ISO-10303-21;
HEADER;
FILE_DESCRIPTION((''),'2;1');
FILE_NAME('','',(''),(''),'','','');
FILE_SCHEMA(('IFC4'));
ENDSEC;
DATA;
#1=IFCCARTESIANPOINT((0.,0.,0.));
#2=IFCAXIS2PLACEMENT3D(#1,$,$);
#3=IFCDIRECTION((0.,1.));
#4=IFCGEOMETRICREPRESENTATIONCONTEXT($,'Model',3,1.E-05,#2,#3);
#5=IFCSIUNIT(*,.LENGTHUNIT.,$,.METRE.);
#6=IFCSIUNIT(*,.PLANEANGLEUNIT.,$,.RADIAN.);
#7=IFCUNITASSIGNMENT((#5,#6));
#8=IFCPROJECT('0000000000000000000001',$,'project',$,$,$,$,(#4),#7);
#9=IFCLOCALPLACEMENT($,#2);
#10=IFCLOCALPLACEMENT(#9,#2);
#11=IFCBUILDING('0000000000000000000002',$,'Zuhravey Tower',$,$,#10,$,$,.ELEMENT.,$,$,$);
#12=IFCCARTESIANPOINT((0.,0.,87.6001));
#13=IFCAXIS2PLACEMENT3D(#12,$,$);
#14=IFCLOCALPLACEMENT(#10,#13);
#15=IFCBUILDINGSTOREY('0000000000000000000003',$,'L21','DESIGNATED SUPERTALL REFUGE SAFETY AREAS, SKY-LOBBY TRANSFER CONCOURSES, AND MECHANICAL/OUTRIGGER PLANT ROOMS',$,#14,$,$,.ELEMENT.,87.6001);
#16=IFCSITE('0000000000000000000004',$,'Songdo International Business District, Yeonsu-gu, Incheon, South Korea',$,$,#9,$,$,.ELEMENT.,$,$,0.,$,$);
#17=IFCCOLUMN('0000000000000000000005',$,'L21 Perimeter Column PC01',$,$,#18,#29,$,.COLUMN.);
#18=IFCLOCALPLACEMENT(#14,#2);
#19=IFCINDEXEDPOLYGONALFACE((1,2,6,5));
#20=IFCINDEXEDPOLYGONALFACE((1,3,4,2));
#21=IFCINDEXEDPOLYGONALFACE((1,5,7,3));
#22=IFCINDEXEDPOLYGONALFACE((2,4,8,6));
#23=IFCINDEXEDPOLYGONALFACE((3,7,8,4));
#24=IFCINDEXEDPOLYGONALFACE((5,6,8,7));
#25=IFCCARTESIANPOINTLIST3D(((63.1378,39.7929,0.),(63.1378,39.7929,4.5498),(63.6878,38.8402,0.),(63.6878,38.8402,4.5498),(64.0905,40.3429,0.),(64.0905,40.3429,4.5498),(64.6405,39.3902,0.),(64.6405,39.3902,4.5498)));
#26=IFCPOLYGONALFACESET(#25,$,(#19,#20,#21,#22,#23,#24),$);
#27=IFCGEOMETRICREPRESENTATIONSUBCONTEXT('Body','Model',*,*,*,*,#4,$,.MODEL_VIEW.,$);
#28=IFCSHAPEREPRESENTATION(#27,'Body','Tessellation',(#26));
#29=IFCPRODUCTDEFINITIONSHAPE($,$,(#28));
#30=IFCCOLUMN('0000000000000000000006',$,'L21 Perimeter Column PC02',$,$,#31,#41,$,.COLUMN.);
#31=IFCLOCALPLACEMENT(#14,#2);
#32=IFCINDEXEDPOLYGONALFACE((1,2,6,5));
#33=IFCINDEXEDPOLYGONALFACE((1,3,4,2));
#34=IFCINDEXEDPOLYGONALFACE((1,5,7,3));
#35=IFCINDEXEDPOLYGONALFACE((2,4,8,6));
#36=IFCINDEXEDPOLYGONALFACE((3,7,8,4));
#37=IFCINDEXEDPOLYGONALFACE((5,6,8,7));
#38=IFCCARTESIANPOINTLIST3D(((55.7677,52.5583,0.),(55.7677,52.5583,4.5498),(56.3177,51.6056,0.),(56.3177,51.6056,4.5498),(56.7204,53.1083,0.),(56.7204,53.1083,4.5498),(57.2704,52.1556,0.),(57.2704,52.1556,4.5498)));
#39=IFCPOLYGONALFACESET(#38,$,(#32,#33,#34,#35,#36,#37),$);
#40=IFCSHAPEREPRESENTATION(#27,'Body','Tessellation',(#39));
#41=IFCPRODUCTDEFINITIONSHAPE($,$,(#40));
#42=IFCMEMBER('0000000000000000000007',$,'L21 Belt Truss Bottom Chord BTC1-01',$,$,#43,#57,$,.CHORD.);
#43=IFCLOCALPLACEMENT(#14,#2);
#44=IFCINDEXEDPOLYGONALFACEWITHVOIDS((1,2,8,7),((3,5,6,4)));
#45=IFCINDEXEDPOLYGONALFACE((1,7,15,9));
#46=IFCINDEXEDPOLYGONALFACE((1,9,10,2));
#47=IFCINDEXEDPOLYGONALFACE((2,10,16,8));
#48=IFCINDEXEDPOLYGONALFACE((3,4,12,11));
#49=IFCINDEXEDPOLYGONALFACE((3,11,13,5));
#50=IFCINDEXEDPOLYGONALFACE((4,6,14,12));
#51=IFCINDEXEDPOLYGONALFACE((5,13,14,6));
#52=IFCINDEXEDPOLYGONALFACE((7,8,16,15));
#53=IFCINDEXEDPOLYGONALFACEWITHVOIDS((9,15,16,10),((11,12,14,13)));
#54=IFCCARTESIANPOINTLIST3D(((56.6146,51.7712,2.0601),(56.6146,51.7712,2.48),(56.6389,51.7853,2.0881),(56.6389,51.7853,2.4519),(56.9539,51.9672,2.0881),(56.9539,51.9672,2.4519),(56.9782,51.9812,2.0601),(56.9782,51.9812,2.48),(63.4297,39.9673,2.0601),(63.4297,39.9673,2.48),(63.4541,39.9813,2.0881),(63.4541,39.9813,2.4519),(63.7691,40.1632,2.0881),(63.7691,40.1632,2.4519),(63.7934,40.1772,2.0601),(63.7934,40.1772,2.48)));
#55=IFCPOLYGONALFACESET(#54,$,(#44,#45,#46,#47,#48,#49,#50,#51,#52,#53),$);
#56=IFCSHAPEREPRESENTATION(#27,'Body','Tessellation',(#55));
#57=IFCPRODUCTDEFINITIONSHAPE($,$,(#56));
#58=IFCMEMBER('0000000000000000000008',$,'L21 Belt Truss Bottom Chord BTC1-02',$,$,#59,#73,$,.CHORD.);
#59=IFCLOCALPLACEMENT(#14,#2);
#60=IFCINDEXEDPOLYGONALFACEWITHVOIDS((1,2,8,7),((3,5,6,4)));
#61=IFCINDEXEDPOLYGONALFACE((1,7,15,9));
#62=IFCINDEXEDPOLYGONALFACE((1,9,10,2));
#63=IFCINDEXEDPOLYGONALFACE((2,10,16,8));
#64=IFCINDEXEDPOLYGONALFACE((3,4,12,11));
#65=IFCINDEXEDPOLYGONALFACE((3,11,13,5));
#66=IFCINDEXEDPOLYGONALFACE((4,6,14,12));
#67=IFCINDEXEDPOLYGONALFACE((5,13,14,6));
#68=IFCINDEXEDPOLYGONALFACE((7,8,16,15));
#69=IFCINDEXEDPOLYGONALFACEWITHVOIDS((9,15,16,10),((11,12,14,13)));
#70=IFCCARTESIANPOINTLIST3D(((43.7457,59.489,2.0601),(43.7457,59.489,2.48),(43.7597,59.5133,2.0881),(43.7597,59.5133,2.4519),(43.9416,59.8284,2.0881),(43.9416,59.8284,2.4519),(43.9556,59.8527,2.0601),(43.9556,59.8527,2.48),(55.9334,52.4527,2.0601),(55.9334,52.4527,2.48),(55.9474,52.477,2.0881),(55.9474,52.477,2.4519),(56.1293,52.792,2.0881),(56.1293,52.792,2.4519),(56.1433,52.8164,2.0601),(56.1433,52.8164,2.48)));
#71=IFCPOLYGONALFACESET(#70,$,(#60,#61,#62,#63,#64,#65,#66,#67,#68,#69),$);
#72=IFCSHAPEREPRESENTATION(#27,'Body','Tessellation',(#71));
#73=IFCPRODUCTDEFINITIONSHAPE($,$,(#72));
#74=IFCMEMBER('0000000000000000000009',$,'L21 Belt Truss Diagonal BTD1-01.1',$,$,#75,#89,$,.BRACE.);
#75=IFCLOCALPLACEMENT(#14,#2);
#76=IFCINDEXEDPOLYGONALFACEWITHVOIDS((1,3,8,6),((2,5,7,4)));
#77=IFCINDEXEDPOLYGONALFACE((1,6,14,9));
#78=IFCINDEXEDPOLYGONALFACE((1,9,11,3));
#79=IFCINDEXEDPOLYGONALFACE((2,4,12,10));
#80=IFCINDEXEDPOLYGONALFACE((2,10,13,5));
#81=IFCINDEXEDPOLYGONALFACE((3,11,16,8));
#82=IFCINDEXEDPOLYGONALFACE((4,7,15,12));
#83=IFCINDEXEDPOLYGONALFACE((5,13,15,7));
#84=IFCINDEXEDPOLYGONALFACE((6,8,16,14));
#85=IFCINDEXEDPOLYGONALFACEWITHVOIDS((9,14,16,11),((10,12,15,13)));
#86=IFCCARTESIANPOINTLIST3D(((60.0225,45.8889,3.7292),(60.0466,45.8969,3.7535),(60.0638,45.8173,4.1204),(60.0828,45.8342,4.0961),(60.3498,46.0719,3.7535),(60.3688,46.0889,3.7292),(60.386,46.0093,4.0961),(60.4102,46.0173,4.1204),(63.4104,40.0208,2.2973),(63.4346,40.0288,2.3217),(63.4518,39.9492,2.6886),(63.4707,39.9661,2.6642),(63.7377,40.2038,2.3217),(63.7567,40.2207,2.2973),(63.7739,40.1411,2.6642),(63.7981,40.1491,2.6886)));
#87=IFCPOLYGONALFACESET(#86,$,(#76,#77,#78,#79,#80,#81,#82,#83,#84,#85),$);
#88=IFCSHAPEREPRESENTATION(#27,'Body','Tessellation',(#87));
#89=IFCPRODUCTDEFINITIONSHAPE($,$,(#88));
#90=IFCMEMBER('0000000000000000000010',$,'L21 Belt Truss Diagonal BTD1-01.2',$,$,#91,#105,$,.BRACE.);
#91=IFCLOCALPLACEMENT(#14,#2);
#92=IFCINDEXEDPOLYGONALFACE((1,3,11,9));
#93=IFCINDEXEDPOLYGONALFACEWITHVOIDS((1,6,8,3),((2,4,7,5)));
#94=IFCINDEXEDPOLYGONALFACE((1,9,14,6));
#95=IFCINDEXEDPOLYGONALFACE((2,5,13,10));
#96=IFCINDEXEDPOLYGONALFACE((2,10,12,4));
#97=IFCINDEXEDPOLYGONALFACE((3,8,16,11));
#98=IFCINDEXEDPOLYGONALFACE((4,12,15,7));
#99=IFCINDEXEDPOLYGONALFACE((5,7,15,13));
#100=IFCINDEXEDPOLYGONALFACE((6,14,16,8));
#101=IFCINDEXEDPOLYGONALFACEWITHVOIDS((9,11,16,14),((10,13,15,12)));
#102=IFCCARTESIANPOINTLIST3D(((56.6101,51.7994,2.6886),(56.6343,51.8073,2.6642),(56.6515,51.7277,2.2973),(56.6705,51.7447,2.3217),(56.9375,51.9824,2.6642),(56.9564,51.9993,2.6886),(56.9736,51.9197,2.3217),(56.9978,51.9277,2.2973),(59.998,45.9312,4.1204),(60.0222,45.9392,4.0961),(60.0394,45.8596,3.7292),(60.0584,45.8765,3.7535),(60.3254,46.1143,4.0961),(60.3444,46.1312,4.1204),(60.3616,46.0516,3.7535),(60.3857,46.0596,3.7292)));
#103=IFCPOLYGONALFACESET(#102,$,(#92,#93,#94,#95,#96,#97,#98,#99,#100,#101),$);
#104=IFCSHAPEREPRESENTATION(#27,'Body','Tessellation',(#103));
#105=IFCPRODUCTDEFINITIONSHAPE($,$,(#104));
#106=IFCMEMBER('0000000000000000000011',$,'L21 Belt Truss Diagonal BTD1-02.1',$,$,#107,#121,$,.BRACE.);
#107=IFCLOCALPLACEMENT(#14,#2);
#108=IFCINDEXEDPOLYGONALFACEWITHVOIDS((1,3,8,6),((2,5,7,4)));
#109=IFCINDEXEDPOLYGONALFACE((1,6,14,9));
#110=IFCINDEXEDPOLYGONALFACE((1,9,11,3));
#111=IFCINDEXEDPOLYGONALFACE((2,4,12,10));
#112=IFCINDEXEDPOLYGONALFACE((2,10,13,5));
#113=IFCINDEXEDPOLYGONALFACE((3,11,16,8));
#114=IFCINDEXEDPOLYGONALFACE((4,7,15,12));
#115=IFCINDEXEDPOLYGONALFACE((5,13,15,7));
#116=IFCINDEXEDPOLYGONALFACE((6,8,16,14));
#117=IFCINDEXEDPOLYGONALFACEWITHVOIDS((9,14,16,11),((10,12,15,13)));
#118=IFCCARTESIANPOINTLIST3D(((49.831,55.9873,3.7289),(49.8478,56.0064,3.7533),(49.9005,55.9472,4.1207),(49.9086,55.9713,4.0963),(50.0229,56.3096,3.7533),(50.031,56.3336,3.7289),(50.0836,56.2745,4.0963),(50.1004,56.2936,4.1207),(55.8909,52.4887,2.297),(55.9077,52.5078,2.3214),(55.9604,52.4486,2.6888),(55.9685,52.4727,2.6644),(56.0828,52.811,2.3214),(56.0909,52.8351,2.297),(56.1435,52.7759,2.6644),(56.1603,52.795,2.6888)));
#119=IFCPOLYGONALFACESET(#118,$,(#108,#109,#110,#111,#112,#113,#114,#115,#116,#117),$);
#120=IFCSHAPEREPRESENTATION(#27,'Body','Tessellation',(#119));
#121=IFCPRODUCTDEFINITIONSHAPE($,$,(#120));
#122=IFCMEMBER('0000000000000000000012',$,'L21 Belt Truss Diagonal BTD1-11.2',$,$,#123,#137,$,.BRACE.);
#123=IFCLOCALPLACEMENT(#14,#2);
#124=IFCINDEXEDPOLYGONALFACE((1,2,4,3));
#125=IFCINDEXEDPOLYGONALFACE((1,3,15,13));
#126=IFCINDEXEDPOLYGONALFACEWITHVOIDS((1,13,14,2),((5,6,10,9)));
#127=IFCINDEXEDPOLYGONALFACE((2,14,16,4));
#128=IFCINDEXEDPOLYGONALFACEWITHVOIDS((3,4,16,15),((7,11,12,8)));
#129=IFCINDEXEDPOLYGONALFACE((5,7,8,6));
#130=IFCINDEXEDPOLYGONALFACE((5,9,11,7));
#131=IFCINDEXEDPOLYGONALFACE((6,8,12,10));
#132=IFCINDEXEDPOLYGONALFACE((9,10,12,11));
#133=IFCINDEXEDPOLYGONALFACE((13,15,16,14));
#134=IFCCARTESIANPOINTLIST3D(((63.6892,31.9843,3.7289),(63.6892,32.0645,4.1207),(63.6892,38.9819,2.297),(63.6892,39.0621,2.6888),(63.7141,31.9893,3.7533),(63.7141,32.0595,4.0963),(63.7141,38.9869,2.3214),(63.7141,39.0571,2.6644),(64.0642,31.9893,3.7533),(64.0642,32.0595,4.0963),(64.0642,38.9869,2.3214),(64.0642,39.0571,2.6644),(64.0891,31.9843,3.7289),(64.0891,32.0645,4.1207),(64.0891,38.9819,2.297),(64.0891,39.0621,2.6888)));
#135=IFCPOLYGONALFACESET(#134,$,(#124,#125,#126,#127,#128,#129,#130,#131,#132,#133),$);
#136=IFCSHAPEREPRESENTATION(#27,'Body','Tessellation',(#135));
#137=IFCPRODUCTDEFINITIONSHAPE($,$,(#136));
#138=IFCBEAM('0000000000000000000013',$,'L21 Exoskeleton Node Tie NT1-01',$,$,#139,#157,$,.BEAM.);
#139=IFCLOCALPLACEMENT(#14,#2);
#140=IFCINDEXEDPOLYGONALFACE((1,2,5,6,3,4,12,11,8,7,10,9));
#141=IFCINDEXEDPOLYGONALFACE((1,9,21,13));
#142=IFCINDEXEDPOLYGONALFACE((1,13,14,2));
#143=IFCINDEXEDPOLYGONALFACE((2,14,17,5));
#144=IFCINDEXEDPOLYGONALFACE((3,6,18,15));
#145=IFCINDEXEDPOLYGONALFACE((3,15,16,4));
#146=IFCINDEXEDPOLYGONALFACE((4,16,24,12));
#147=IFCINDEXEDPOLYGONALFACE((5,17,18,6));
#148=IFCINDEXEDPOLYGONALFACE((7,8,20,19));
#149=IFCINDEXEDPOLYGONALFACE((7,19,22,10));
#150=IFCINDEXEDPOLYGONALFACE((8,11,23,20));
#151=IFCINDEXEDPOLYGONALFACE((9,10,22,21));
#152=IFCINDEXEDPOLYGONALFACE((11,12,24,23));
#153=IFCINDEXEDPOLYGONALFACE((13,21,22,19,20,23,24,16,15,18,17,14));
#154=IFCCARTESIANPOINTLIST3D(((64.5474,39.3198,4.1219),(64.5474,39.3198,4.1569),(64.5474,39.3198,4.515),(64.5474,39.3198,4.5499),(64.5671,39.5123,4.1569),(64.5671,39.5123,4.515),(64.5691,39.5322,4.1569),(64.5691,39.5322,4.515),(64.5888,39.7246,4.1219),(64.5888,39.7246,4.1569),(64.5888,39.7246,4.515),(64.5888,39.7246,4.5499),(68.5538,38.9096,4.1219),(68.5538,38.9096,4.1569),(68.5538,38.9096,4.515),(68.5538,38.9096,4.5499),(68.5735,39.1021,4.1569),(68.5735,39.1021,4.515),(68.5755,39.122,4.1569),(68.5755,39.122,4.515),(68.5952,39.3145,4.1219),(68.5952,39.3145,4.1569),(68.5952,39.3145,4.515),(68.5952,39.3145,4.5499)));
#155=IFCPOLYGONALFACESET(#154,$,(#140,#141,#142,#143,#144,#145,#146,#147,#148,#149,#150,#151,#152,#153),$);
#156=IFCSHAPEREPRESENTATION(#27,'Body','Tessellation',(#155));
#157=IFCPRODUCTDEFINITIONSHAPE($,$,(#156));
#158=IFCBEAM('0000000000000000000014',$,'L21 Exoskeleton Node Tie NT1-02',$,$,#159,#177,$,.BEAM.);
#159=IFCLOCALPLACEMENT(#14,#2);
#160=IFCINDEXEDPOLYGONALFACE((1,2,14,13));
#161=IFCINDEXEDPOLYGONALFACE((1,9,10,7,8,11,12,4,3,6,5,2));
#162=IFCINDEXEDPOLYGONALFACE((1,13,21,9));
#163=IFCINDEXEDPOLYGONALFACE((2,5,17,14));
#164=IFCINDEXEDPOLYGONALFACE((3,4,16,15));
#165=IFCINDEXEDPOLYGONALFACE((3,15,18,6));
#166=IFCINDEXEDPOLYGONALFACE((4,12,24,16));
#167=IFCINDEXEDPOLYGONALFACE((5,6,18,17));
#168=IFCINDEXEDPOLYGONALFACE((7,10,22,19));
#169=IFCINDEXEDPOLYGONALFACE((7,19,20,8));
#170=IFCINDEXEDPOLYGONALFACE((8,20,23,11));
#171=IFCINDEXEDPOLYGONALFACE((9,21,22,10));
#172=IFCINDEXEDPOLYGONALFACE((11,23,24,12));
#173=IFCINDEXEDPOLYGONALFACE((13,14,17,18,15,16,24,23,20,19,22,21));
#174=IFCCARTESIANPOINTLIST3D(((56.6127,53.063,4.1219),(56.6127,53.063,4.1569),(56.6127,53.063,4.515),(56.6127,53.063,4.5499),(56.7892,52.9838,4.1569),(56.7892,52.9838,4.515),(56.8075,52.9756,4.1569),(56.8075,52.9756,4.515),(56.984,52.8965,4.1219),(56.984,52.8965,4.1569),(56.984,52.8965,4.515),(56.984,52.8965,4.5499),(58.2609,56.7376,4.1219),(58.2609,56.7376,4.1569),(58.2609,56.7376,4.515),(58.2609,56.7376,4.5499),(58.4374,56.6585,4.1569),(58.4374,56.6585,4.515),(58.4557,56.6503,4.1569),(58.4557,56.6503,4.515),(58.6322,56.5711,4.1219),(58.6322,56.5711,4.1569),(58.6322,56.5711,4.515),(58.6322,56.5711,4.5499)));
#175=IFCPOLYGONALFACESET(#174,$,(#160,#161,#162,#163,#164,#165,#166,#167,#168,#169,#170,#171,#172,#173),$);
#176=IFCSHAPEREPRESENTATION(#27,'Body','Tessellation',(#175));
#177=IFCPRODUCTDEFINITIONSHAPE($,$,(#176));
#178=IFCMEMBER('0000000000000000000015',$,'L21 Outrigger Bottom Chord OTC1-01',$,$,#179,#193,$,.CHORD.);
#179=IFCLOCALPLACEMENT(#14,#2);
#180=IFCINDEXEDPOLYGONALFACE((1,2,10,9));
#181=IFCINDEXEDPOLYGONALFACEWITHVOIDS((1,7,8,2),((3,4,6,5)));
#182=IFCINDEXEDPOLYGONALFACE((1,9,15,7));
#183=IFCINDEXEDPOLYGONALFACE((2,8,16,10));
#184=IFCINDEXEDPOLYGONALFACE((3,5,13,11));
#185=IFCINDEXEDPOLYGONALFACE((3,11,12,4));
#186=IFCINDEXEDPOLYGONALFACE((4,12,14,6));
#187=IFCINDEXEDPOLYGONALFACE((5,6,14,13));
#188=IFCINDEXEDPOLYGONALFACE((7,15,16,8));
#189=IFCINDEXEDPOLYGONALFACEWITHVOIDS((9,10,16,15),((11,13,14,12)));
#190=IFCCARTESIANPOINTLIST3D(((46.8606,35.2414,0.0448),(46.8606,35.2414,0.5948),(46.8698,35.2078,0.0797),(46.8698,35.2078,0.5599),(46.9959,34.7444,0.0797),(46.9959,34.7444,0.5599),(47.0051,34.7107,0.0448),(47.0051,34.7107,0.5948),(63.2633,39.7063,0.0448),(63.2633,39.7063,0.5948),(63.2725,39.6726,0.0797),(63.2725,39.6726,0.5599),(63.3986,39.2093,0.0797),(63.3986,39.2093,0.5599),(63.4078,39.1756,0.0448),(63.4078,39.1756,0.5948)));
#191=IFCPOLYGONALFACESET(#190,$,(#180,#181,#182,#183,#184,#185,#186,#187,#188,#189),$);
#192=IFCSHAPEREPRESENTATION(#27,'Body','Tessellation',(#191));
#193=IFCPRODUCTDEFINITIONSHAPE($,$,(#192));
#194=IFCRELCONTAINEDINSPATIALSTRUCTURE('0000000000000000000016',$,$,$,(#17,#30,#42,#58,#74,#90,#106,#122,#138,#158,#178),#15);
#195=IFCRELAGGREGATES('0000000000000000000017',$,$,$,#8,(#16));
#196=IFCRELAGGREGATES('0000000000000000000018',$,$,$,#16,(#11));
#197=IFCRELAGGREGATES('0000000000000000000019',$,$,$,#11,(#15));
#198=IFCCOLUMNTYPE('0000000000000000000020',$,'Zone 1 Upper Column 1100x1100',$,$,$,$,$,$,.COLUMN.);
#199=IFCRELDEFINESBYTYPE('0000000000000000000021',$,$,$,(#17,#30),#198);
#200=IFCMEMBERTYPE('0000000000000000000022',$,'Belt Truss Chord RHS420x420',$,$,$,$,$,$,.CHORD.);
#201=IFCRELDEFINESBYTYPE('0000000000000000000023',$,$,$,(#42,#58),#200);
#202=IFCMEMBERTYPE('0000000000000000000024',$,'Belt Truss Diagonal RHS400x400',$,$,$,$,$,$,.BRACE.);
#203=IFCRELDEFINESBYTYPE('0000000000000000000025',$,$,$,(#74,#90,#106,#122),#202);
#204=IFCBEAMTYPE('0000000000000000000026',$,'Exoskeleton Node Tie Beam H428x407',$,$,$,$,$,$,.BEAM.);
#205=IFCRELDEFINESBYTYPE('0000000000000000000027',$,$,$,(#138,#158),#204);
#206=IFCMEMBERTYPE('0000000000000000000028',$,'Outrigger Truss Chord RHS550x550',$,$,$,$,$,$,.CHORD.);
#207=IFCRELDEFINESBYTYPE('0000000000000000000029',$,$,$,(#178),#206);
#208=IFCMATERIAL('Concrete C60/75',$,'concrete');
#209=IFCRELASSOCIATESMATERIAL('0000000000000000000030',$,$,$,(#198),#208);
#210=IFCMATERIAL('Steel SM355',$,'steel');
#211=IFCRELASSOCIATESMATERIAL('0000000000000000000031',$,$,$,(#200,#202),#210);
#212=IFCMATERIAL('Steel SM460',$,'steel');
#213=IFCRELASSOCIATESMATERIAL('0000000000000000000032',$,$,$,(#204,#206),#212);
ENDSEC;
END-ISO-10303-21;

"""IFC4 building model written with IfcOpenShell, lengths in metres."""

from ifc_helpers import new_model, si_unit, direction, frame, origin, origin_2d, place, context, subcontext, project, spatial, rectangle, hollow_rectangle, i_section, extrude, material, material_profile, profile_set, type_object, element, save


model = new_model("IFC4")

# Units and contexts
model_context = context("Model", 3, precision=1e-05, world=origin(), true_north=direction((0.0, 1.0)))
body_context = subcontext(model_context, "Body", "Model", "MODEL_VIEW")
ifc_project = project(units=[si_unit("LENGTHUNIT", "METRE"), si_unit("PLANEANGLEUNIT", "RADIAN")], contexts=[model_context])

# Site, building, storey
site_placement = place(None, origin())
site = spatial("IfcSite", under=ifc_project, at=site_placement, Name="Songdo International Business District, Yeonsu-gu, Incheon, South Korea", CompositionType="ELEMENT", RefElevation=0.0)
building_placement = place(site_placement, origin())
building = spatial("IfcBuilding", under=site, at=building_placement, Name="Zuhravey Tower", CompositionType="ELEMENT")
storey_placement = place(building_placement, frame((0.0, 0.0, 87.6001)))
storey = spatial("IfcBuildingStorey", under=building, at=storey_placement, Name="L21", Description="DESIGNATED SUPERTALL REFUGE SAFETY AREAS, SKY-LOBBY TRANSFER CONCOURSES, AND MECHANICAL/OUTRIGGER PLANT ROOMS", CompositionType="ELEMENT", Elevation=87.6001)

# Columns
ifc_material_1 = material(Name="Concrete C60/75", Category="concrete")
ifc_material_profile_1 = material_profile(ifc_material_1, rectangle(XDim=1.1001, YDim=1.1001, at=origin_2d()), Name="RC-1100x1100")
ifc_profile_set_1 = profile_set([ifc_material_profile_1], Name="Concrete C60/75")
column_type = type_object("IfcColumnType", Name="Zone 1 Upper Column 1100x1100", PredefinedType="COLUMN", material=ifc_profile_set_1)
for number, where, z_axis, x_axis, name in (
    (1, (63.8892, 39.5916, 0.0), (0.0, 0.0, 1.0), (-0.5, 0.866025, 0.0), "L21 Perimeter Column PC01"),
    (2, (56.519, 52.3569, 0.0), (0.0, 0.0, 1.0), (-0.5, 0.866025, 0.0), "L21 Perimeter Column PC02"),
):
    element("IfcColumn", number, at=place(storey_placement, frame(where, z_axis=z_axis, x_axis=x_axis)), inside=storey, type_object=column_type, Name=name, PredefinedType="COLUMN", context=body_context, shape_type="SweptSolid", body=[
        extrude(rectangle(XDim=1.1001, YDim=1.1001, at=origin_2d()), origin(), (0.0, 0.0, 1.0), 4.5498),
    ])

# Members
ifc_material_2 = material(Name="Steel SM355", Category="steel")
ifc_material_profile_2 = material_profile(ifc_material_2, hollow_rectangle(XDim=0.4199, YDim=0.4199, WallThickness=0.0281, at=origin_2d()), Name="RHS-420x420x28")
ifc_profile_set_2 = profile_set([ifc_material_profile_2], Name="Steel SM355")
member_type_1 = type_object("IfcMemberType", Name="Belt Truss Chord RHS420x420", PredefinedType="CHORD", material=ifc_profile_set_2)
member_1_placement = place(storey_placement, frame((63.6116, 40.0723, 2.27), z_axis=(-0.500009, 0.86602, 0.0), x_axis=(-0.86602, -0.500009, 0.0)))
element("IfcMember", 3, at=member_1_placement, inside=storey, type_object=member_type_1, Name="L21 Belt Truss Bottom Chord BTC1-01", PredefinedType="CHORD", context=body_context, shape_type="SweptSolid", body=[
    extrude(hollow_rectangle(XDim=0.4199, YDim=0.4199, WallThickness=0.0281, at=origin_2d()), origin(), (0.0, 0.0, 1.0), 13.6301),
])
member_2_placement = place(storey_placement, frame((56.0383, 52.6345, 2.27), z_axis=(-0.866032, 0.499988, 0.0), x_axis=(-0.499988, -0.866032, 0.0)))
element("IfcMember", 4, at=member_2_placement, inside=storey, type_object=member_type_1, Name="L21 Belt Truss Bottom Chord BTC1-02", PredefinedType="CHORD", context=body_context, shape_type="SweptSolid", body=[
    extrude(hollow_rectangle(XDim=0.4199, YDim=0.4199, WallThickness=0.0281, at=origin_2d()), origin(), (0.0, 0.0, 1.0), 14.073),
])
ifc_material_profile_3 = material_profile(ifc_material_2, hollow_rectangle(XDim=0.3999, YDim=0.3999, WallThickness=0.0249, at=origin_2d()), Name="RHS-400x400x25")
ifc_profile_set_3 = profile_set([ifc_material_profile_3], Name="Steel SM355")
member_type_2 = type_object("IfcMemberType", Name="Belt Truss Diagonal RHS400x400", PredefinedType="BRACE", material=ifc_profile_set_3)
for number, where, z_axis, x_axis, name in (
    (5, (63.6042, 40.085, 2.4929), (-0.489192, 0.847316, 0.206753), (-0.866028, -0.499995, 0.0), "L21 Belt Truss Diagonal BTD1-01.1"),
    (6, (56.804, 51.8635, 2.4929), (0.489192, -0.847316, 0.206753), (0.866028, 0.499995, 0.0), "L21 Belt Truss Diagonal BTD1-01.2"),
):
    element("IfcMember", number, at=place(storey_placement, frame(where, z_axis=z_axis, x_axis=x_axis)), inside=storey, type_object=member_type_2, Name=name, PredefinedType="BRACE", context=body_context, shape_type="SweptSolid", body=[
        extrude(hollow_rectangle(XDim=0.3999, YDim=0.3999, WallThickness=0.0249, at=origin_2d()), origin(), (0.0, 0.0, 1.0), 6.9255),
    ])
member_3_placement = place(storey_placement, frame((56.0256, 52.6418, 2.4929), z_axis=(-0.848449, 0.489838, 0.200482), x_axis=(-0.499989, -0.866032, 0.0)))
element("IfcMember", 7, at=member_3_placement, inside=storey, type_object=member_type_2, Name="L21 Belt Truss Diagonal BTD1-02.1", PredefinedType="BRACE", context=body_context, shape_type="SweptSolid", body=[
    extrude(hollow_rectangle(XDim=0.3999, YDim=0.3999, WallThickness=0.0249, at=origin_2d()), origin(), (0.0, 0.0, 1.0), 7.1423),
])
member_4_placement = place(storey_placement, frame((63.8892, 39.022, 2.4929), z_axis=(0.0, -0.979699, 0.200472), x_axis=(1.0, 0.0, 0.0)))
element("IfcMember", 8, at=member_4_placement, inside=storey, type_object=member_type_2, Name="L21 Belt Truss Diagonal BTD1-11.2", PredefinedType="BRACE", context=body_context, shape_type="SweptSolid", body=[
    extrude(hollow_rectangle(XDim=0.3999, YDim=0.3999, WallThickness=0.0249, at=origin_2d()), origin(), (0.0, 0.0, 1.0), 7.1426),
])

# Beams
ifc_material_3 = material(Name="Steel SM460", Category="steel")
ifc_material_profile_4 = material_profile(ifc_material_3, i_section(OverallWidth=0.407, OverallDepth=0.428, WebThickness=0.02, FlangeThickness=0.0349, at=origin_2d()), Name="H-428x407x20x35")
ifc_profile_set_4 = profile_set([ifc_material_profile_4], Name="Steel SM460")
beam_type_1 = type_object("IfcBeamType", Name="Exoskeleton Node Tie Beam H428x407", PredefinedType="BEAM", material=ifc_profile_set_4)
for number, where, z_axis, x_axis, name in (
    (9, (64.5681, 39.5222, 4.3359), (0.9948, -0.101844, 0.0), (0.101844, 0.9948, 0.0), "L21 Exoskeleton Node Tie NT1-01"),
    (10, (56.7983, 52.9797, 4.3359), (0.409258, 0.912419, 0.0), (-0.912419, 0.409258, 0.0), "L21 Exoskeleton Node Tie NT1-02"),
):
    element("IfcBeam", number, at=place(storey_placement, frame(where, z_axis=z_axis, x_axis=x_axis)), inside=storey, type_object=beam_type_1, Name=name, PredefinedType="BEAM", context=body_context, shape_type="SweptSolid", body=[
        extrude(i_section(OverallWidth=0.407, OverallDepth=0.428, WebThickness=0.02, FlangeThickness=0.0349, at=origin_2d()), origin(), (0.0, 0.0, 1.0), 4.0273),
    ])

# Member
ifc_material_profile_5 = material_profile(ifc_material_3, hollow_rectangle(XDim=0.55, YDim=0.55, WallThickness=0.0349, at=origin_2d()), Name="RHS-550x550x35")
ifc_profile_set_5 = profile_set([ifc_material_profile_5], Name="Steel SM460")
member_type_3 = type_object("IfcMemberType", Name="Outrigger Truss Chord RHS550x550", PredefinedType="CHORD", material=ifc_profile_set_5)
member_5_placement = place(storey_placement, frame((46.9329, 34.9761, 0.3198), z_axis=(0.964892, 0.262647, 0.0), x_axis=(-0.262647, 0.964892, 0.0)))
element("IfcMember", 11, at=member_5_placement, inside=storey, type_object=member_type_3, Name="L21 Outrigger Bottom Chord OTC1-01", PredefinedType="CHORD", context=body_context, shape_type="SweptSolid", body=[
    extrude(hollow_rectangle(XDim=0.55, YDim=0.55, WallThickness=0.0349, at=origin_2d()), origin(), (0.0, 0.0, 1.0), 16.9995),
])

save(model, "model.ifc")
